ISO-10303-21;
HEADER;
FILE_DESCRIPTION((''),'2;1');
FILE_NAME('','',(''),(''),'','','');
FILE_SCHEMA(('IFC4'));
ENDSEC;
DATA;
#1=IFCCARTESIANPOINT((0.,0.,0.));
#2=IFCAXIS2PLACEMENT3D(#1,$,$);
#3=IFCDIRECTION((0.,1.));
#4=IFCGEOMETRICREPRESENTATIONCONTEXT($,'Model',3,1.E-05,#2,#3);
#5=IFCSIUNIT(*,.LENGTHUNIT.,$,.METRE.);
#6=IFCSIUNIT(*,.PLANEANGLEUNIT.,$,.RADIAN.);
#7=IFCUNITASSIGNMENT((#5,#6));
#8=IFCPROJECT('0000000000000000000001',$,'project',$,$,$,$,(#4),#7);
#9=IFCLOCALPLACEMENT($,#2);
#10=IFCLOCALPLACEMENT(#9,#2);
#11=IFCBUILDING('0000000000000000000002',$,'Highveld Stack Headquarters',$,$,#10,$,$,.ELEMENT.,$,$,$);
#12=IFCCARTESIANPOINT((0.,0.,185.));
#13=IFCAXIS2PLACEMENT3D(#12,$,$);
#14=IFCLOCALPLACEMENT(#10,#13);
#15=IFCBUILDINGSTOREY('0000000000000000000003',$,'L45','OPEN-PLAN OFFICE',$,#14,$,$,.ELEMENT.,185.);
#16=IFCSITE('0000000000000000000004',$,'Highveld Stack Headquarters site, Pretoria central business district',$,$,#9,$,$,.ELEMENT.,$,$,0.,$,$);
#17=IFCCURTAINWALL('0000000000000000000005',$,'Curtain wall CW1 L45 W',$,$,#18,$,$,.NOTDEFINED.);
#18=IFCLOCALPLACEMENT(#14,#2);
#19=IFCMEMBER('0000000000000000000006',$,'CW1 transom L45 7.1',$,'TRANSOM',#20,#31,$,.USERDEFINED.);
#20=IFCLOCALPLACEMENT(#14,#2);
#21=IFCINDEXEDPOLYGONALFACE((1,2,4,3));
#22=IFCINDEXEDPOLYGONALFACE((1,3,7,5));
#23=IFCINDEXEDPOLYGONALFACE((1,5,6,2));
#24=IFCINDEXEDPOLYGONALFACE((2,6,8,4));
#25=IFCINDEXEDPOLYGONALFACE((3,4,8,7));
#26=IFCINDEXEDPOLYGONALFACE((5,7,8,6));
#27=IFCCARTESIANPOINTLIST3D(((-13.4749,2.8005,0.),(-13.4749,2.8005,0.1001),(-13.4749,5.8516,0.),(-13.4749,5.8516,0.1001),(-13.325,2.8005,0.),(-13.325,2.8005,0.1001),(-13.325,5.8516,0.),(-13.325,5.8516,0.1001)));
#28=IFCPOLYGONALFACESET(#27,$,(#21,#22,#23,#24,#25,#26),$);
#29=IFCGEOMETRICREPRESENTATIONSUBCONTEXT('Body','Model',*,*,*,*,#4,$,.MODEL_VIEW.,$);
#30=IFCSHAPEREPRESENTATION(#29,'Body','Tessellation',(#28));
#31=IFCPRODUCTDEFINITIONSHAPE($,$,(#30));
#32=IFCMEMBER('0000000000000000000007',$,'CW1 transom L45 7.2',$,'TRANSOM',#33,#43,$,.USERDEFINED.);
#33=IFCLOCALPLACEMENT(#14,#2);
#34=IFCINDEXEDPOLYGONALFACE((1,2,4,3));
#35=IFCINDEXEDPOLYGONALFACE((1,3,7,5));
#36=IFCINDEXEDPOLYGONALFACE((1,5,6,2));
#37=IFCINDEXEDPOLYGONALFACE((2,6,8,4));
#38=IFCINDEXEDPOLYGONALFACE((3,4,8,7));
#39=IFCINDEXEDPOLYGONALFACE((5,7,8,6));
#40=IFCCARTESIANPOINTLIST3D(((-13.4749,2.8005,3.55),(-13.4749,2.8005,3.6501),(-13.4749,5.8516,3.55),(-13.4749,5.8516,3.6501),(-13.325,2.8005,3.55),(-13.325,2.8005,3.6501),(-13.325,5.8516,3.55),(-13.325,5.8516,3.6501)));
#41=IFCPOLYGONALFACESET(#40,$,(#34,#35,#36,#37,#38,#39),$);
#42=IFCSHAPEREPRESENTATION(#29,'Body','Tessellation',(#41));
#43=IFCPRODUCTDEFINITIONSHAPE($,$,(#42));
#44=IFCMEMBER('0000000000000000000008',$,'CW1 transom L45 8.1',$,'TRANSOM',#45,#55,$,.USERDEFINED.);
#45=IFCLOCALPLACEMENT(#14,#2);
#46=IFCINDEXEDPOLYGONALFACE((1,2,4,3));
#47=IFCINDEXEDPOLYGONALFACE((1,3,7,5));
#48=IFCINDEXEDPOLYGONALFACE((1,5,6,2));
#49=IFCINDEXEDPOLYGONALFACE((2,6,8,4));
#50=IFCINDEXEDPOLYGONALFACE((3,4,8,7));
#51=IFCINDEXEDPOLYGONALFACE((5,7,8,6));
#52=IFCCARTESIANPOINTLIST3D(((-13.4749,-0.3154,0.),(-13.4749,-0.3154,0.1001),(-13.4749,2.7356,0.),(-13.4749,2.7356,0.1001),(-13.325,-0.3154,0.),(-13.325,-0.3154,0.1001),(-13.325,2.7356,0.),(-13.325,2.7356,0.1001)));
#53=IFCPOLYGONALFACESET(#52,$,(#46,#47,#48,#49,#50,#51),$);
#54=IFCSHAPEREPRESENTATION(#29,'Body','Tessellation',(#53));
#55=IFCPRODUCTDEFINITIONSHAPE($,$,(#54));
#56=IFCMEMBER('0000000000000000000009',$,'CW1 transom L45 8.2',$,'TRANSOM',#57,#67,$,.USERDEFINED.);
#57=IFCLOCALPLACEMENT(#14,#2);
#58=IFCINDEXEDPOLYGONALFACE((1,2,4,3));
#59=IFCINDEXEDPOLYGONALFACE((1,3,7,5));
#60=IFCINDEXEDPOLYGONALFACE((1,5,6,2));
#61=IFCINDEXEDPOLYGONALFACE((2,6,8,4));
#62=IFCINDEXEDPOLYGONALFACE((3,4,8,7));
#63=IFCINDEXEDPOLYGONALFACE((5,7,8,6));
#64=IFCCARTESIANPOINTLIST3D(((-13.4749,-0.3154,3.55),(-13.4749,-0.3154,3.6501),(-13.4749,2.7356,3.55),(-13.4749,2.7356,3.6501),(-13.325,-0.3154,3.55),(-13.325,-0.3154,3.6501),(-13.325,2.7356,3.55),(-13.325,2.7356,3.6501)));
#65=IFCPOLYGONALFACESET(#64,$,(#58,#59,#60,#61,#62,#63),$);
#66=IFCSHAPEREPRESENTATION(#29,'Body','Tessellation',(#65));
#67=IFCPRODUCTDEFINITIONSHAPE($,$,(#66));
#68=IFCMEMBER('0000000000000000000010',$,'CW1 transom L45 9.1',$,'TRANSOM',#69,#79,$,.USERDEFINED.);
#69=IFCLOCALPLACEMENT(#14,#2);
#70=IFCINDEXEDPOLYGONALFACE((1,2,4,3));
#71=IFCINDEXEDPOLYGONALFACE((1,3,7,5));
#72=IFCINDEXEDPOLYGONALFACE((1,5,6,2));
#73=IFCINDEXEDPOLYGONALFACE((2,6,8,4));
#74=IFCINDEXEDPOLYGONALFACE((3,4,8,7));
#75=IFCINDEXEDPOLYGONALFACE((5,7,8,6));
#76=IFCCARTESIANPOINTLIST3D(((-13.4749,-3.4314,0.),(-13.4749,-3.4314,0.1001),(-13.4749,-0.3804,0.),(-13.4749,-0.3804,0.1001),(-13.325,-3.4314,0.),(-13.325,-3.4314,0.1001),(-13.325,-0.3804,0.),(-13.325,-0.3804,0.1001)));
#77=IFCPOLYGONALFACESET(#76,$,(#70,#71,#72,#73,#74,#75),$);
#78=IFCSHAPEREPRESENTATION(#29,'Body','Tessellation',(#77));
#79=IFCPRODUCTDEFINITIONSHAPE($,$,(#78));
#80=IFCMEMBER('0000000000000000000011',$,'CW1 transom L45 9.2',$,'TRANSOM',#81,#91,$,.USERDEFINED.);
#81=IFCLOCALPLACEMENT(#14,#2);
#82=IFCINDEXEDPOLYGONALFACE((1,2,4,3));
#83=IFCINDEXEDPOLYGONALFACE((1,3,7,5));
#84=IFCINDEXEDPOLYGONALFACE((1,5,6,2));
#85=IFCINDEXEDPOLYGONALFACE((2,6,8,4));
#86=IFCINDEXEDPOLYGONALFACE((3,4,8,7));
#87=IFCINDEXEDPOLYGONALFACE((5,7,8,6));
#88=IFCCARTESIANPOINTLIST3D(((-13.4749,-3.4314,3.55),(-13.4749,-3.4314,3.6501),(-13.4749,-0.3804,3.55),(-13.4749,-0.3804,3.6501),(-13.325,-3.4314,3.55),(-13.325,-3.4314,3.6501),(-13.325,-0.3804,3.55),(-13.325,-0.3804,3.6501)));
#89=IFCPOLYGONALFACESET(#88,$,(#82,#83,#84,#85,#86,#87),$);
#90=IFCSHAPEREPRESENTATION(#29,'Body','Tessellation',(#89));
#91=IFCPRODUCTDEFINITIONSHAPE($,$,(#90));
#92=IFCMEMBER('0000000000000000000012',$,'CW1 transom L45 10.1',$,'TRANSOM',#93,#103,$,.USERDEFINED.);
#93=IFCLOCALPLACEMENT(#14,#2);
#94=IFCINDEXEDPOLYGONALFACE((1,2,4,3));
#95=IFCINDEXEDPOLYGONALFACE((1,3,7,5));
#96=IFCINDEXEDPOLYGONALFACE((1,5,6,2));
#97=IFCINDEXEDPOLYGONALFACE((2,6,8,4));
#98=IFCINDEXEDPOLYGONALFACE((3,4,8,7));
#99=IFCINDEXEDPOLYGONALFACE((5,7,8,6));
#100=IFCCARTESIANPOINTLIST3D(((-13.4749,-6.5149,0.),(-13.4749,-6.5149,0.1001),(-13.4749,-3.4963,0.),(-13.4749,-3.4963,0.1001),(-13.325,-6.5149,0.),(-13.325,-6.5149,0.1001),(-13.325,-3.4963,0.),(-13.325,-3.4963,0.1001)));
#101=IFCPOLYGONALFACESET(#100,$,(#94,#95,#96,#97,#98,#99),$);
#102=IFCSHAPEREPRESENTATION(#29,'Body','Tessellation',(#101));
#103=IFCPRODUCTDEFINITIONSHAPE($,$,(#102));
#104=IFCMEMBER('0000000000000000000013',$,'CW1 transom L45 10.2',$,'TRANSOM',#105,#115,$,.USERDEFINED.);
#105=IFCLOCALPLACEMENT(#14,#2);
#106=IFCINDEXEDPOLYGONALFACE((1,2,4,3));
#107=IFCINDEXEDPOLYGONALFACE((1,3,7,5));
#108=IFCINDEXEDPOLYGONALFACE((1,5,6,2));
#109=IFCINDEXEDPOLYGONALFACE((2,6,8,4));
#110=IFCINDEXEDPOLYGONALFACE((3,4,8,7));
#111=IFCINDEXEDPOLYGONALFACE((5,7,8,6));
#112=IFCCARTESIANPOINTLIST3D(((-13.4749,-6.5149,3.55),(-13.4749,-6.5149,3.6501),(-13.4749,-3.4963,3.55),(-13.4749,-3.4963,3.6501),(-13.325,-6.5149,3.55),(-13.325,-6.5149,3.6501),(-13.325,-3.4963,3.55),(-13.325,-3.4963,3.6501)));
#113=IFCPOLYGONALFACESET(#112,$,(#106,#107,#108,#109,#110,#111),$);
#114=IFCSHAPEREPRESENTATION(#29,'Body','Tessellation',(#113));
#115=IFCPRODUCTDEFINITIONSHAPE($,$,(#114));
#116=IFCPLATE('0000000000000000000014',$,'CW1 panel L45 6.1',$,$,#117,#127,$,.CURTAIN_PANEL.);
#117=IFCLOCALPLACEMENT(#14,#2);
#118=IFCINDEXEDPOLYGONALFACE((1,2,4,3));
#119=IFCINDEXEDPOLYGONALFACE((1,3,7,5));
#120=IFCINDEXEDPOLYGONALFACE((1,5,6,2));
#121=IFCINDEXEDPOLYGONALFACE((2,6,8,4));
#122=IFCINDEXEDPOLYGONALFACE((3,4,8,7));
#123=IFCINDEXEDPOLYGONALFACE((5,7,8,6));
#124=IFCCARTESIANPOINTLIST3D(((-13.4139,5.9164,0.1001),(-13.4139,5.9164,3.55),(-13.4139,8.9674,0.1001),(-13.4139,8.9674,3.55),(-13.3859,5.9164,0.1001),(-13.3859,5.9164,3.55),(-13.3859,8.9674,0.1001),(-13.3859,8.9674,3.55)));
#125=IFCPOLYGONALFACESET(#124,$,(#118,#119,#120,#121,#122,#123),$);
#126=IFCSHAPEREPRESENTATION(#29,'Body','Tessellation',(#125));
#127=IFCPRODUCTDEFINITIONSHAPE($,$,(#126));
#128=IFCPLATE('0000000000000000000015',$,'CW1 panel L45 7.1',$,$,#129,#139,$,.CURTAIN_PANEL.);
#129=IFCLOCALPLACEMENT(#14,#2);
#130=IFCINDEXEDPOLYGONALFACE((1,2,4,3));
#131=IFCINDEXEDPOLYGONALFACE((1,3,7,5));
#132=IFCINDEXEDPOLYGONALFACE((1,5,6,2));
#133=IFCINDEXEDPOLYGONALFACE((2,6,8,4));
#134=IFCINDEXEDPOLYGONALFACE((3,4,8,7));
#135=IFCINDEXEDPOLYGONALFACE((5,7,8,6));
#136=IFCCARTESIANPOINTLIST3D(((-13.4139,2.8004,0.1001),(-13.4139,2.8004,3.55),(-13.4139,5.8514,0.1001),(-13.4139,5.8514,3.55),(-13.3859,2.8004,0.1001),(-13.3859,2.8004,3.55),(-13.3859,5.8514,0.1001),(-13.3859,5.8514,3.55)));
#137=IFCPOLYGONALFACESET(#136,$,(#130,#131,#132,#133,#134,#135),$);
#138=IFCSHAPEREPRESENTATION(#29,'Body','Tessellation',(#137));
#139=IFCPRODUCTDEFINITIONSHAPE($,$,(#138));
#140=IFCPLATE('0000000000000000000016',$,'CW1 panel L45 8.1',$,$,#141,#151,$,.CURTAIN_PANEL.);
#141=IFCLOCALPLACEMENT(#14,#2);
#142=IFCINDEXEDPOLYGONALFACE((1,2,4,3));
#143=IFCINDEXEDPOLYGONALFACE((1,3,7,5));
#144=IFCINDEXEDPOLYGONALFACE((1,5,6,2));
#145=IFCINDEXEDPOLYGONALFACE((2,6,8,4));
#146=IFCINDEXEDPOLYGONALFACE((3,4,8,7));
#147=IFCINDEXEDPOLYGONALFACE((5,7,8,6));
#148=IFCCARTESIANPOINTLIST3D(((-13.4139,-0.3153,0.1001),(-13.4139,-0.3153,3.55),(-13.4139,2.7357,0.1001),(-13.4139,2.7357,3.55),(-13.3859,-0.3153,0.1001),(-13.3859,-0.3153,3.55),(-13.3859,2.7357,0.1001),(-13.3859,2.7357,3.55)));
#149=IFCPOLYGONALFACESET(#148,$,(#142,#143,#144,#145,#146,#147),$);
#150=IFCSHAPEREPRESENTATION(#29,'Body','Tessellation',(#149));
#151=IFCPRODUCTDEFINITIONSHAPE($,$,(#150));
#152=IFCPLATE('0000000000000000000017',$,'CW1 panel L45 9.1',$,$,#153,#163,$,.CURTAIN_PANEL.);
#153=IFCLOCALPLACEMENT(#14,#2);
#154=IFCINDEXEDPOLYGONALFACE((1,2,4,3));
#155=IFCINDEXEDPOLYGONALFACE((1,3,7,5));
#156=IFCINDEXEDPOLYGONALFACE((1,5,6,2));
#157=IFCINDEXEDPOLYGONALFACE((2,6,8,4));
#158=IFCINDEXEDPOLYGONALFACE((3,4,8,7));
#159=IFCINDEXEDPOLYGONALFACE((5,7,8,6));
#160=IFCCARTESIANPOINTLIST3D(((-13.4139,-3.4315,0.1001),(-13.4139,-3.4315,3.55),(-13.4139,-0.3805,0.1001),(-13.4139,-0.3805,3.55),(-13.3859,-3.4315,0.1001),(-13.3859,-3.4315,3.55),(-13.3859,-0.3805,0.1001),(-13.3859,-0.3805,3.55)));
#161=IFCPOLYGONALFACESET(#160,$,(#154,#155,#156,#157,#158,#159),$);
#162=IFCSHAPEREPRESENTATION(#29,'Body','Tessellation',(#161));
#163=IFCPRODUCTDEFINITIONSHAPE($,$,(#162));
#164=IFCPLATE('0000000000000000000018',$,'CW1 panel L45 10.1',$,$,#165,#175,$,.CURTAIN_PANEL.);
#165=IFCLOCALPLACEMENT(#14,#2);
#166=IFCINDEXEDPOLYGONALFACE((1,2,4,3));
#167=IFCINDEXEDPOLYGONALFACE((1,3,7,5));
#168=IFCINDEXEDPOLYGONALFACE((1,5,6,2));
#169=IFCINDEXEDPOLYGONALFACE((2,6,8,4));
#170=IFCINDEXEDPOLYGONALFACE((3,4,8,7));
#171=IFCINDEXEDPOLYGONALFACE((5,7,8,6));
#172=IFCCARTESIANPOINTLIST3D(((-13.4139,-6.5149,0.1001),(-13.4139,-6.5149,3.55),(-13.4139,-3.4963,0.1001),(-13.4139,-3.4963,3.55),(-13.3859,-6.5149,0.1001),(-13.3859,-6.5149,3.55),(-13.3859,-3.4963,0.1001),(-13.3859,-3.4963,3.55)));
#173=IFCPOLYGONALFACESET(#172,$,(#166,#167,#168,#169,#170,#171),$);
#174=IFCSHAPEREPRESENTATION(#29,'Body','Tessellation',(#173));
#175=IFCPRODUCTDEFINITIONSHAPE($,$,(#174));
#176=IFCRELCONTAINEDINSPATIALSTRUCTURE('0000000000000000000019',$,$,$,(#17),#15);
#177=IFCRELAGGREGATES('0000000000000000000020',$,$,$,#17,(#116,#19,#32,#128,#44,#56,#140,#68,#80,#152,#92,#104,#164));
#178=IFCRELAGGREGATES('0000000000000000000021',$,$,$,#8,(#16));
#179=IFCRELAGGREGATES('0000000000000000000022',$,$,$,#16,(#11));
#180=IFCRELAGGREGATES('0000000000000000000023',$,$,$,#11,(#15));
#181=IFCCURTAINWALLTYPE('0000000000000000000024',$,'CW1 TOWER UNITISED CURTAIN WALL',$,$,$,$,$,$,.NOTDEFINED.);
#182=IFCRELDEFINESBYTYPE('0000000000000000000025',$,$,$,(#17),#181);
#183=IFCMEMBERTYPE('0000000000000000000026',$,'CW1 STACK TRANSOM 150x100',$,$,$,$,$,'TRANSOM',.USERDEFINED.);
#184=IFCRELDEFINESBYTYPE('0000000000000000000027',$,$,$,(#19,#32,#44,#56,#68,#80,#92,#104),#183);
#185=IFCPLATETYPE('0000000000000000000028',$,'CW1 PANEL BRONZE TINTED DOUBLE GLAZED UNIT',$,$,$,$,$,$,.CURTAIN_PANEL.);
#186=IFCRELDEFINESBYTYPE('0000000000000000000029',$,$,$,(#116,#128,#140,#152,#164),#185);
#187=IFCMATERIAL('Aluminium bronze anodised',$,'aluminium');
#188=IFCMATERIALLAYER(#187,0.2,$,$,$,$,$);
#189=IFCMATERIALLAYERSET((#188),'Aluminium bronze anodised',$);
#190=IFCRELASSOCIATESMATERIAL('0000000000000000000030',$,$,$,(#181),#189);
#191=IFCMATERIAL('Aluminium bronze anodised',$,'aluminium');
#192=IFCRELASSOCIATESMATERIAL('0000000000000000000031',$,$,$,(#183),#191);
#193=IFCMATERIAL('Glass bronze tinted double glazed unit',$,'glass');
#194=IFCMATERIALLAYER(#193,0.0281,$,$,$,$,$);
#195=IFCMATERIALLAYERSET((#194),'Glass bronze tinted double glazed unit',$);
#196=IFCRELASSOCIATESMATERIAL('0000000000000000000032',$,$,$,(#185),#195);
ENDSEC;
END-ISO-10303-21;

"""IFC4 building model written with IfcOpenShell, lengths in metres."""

from ifc_helpers import new_model, si_unit, direction, frame, origin, origin_2d, place, context, subcontext, project, spatial, rectangle, extrude, material, layer, layer_set, material_profile, profile_set, type_object, element, aggregate, save


model = new_model("IFC4")

# Units and contexts
model_context = context("Model", 3, precision=1e-05, world=origin(), true_north=direction((0.0, 1.0)))
body_context = subcontext(model_context, "Body", "Model", "MODEL_VIEW")
ifc_project = project(units=[si_unit("LENGTHUNIT", "METRE"), si_unit("PLANEANGLEUNIT", "RADIAN")], contexts=[model_context])

# Site, building, storey
site_placement = place(None, origin())
site = spatial("IfcSite", under=ifc_project, at=site_placement, Name="Highveld Stack Headquarters site, Pretoria central business district", CompositionType="ELEMENT", RefElevation=0.0)
building_placement = place(site_placement, origin())
building = spatial("IfcBuilding", under=site, at=building_placement, Name="Highveld Stack Headquarters", CompositionType="ELEMENT")
storey_placement = place(building_placement, frame((0.0, 0.0, 185.0)))
storey = spatial("IfcBuildingStorey", under=building, at=storey_placement, Name="L45", Description="OPEN-PLAN OFFICE", CompositionType="ELEMENT", Elevation=185.0)

# Curtain wall, members, plates
ifc_material_1 = material(Name="Aluminium bronze anodised", Category="aluminium")
ifc_layer_1 = layer(ifc_material_1, 0.2)
ifc_layer_set_1 = layer_set([ifc_layer_1], Name="Aluminium bronze anodised")
curtain_wall_type = type_object("IfcCurtainWallType", Name="CW1 TOWER UNITISED CURTAIN WALL", PredefinedType="NOTDEFINED", material=ifc_layer_set_1)
curtain_wall_placement = place(storey_placement, origin())
curtain_wall = element("IfcCurtainWall", 1, at=curtain_wall_placement, inside=storey, type_object=curtain_wall_type, Name="Curtain wall CW1 L45 W", PredefinedType="NOTDEFINED")
ifc_material_2 = material(Name="Aluminium bronze anodised", Category="aluminium")
ifc_material_profile_1 = material_profile(ifc_material_2, rectangle(XDim=0.1499, YDim=0.1001, at=origin_2d()), Name="CW1 TRANSOM 150x100")
ifc_profile_set_1 = profile_set([ifc_material_profile_1], Name="Aluminium bronze anodised")
member_type_1 = type_object("IfcMemberType", Name="CW1 STACK TRANSOM 150x100", ElementType="TRANSOM", PredefinedType="USERDEFINED", material=ifc_profile_set_1)
member_1_placement = place(storey_placement, frame((-13.3999, 5.8516, 0.05), z_axis=(0.0, -1.0, 0.0), x_axis=(1.0, 0.0, 0.0)))
member_1 = element("IfcMember", 2, at=member_1_placement, type_object=member_type_1, Name="CW1 transom L45 7.1", ObjectType="TRANSOM", PredefinedType="USERDEFINED", context=body_context, shape_type="SweptSolid", body=[
    extrude(rectangle(XDim=0.1499, YDim=0.1001, at=origin_2d()), origin(), (0.0, 0.0, 1.0), 3.051),
])
member_2_placement = place(storey_placement, frame((-13.3999, 5.8516, 3.6001), z_axis=(0.0, -1.0, 0.0), x_axis=(1.0, 0.0, 0.0)))
member_2 = element("IfcMember", 3, at=member_2_placement, type_object=member_type_1, Name="CW1 transom L45 7.2", ObjectType="TRANSOM", PredefinedType="USERDEFINED", context=body_context, shape_type="SweptSolid", body=[
    extrude(rectangle(XDim=0.1499, YDim=0.1001, at=origin_2d()), origin(), (0.0, 0.0, 1.0), 3.051),
])
member_3_placement = place(storey_placement, frame((-13.3999, 2.7356, 0.05), z_axis=(0.0, -1.0, 0.0), x_axis=(1.0, 0.0, 0.0)))
member_3 = element("IfcMember", 4, at=member_3_placement, type_object=member_type_1, Name="CW1 transom L45 8.1", ObjectType="TRANSOM", PredefinedType="USERDEFINED", context=body_context, shape_type="SweptSolid", body=[
    extrude(rectangle(XDim=0.1499, YDim=0.1001, at=origin_2d()), origin(), (0.0, 0.0, 1.0), 3.051),
])
member_4_placement = place(storey_placement, frame((-13.3999, 2.7356, 3.6001), z_axis=(0.0, -1.0, 0.0), x_axis=(1.0, 0.0, 0.0)))
member_4 = element("IfcMember", 5, at=member_4_placement, type_object=member_type_1, Name="CW1 transom L45 8.2", ObjectType="TRANSOM", PredefinedType="USERDEFINED", context=body_context, shape_type="SweptSolid", body=[
    extrude(rectangle(XDim=0.1499, YDim=0.1001, at=origin_2d()), origin(), (0.0, 0.0, 1.0), 3.051),
])
member_5_placement = place(storey_placement, frame((-13.3999, -0.3804, 0.05), z_axis=(0.0, -1.0, 0.0), x_axis=(1.0, 0.0, 0.0)))
member_5 = element("IfcMember", 6, at=member_5_placement, type_object=member_type_1, Name="CW1 transom L45 9.1", ObjectType="TRANSOM", PredefinedType="USERDEFINED", context=body_context, shape_type="SweptSolid", body=[
    extrude(rectangle(XDim=0.1499, YDim=0.1001, at=origin_2d()), origin(), (0.0, 0.0, 1.0), 3.051),
])
member_6_placement = place(storey_placement, frame((-13.3999, -0.3804, 3.6001), z_axis=(0.0, -1.0, 0.0), x_axis=(1.0, 0.0, 0.0)))
member_6 = element("IfcMember", 7, at=member_6_placement, type_object=member_type_1, Name="CW1 transom L45 9.2", ObjectType="TRANSOM", PredefinedType="USERDEFINED", context=body_context, shape_type="SweptSolid", body=[
    extrude(rectangle(XDim=0.1499, YDim=0.1001, at=origin_2d()), origin(), (0.0, 0.0, 1.0), 3.051),
])
member_7_placement = place(storey_placement, frame((-13.3999, -3.4963, 0.05), z_axis=(0.0, -1.0, 0.0), x_axis=(1.0, 0.0, 0.0)))
member_7 = element("IfcMember", 8, at=member_7_placement, type_object=member_type_1, Name="CW1 transom L45 10.1", ObjectType="TRANSOM", PredefinedType="USERDEFINED", context=body_context, shape_type="SweptSolid", body=[
    extrude(rectangle(XDim=0.1499, YDim=0.1001, at=origin_2d()), origin(), (0.0, 0.0, 1.0), 3.0186),
])
member_8_placement = place(storey_placement, frame((-13.3999, -3.4963, 3.6001), z_axis=(0.0, -1.0, 0.0), x_axis=(1.0, 0.0, 0.0)))
member_8 = element("IfcMember", 9, at=member_8_placement, type_object=member_type_1, Name="CW1 transom L45 10.2", ObjectType="TRANSOM", PredefinedType="USERDEFINED", context=body_context, shape_type="SweptSolid", body=[
    extrude(rectangle(XDim=0.1499, YDim=0.1001, at=origin_2d()), origin(), (0.0, 0.0, 1.0), 3.0186),
])
ifc_material_3 = material(Name="Glass bronze tinted double glazed unit", Category="glass")
ifc_layer_2 = layer(ifc_material_3, 0.0281)
ifc_layer_set_2 = layer_set([ifc_layer_2], Name="Glass bronze tinted double glazed unit")
plate_type = type_object("IfcPlateType", Name="CW1 PANEL BRONZE TINTED DOUBLE GLAZED UNIT", PredefinedType="CURTAIN_PANEL", material=ifc_layer_set_2)
plate_1_placement = place(storey_placement, frame((-13.3999, 7.4419, 0.1001), z_axis=(0.0, 0.0, 1.0), x_axis=(0.0, -1.0, 0.0)))
plate_1 = element("IfcPlate", 10, at=plate_1_placement, type_object=plate_type, Name="CW1 panel L45 6.1", PredefinedType="CURTAIN_PANEL", context=body_context, shape_type="SweptSolid", body=[
    extrude(rectangle(XDim=3.051, YDim=0.0281, at=origin_2d()), origin(), (0.0, 0.0, 1.0), 3.45),
])
plate_2_placement = place(storey_placement, frame((-13.3999, 4.3259, 0.1001), z_axis=(0.0, 0.0, 1.0), x_axis=(0.0, -1.0, 0.0)))
plate_2 = element("IfcPlate", 11, at=plate_2_placement, type_object=plate_type, Name="CW1 panel L45 7.1", PredefinedType="CURTAIN_PANEL", context=body_context, shape_type="SweptSolid", body=[
    extrude(rectangle(XDim=3.051, YDim=0.0281, at=origin_2d()), origin(), (0.0, 0.0, 1.0), 3.45),
])
plate_3_placement = place(storey_placement, frame((-13.3999, 1.2102, 0.1001), z_axis=(0.0, 0.0, 1.0), x_axis=(0.0, -1.0, 0.0)))
plate_3 = element("IfcPlate", 12, at=plate_3_placement, type_object=plate_type, Name="CW1 panel L45 8.1", PredefinedType="CURTAIN_PANEL", context=body_context, shape_type="SweptSolid", body=[
    extrude(rectangle(XDim=3.051, YDim=0.0281, at=origin_2d()), origin(), (0.0, 0.0, 1.0), 3.45),
])
plate_4_placement = place(storey_placement, frame((-13.3999, -1.906, 0.1001), z_axis=(0.0, 0.0, 1.0), x_axis=(0.0, -1.0, 0.0)))
plate_4 = element("IfcPlate", 13, at=plate_4_placement, type_object=plate_type, Name="CW1 panel L45 9.1", PredefinedType="CURTAIN_PANEL", context=body_context, shape_type="SweptSolid", body=[
    extrude(rectangle(XDim=3.051, YDim=0.0281, at=origin_2d()), origin(), (0.0, 0.0, 1.0), 3.45),
])
plate_5_placement = place(storey_placement, frame((-13.3999, -5.0056, 0.1001), z_axis=(0.0, 0.0, 1.0), x_axis=(0.0, -1.0, 0.0)))
plate_5 = element("IfcPlate", 14, at=plate_5_placement, type_object=plate_type, Name="CW1 panel L45 10.1", PredefinedType="CURTAIN_PANEL", context=body_context, shape_type="SweptSolid", body=[
    extrude(rectangle(XDim=3.0186, YDim=0.0281, at=origin_2d()), origin(), (0.0, 0.0, 1.0), 3.45),
])
aggregate(curtain_wall, [plate_1, member_1, member_2, plate_2, member_3, member_4, plate_3, member_5, member_6, plate_4, member_7, member_8, plate_5])

save(model, "model.ifc")
